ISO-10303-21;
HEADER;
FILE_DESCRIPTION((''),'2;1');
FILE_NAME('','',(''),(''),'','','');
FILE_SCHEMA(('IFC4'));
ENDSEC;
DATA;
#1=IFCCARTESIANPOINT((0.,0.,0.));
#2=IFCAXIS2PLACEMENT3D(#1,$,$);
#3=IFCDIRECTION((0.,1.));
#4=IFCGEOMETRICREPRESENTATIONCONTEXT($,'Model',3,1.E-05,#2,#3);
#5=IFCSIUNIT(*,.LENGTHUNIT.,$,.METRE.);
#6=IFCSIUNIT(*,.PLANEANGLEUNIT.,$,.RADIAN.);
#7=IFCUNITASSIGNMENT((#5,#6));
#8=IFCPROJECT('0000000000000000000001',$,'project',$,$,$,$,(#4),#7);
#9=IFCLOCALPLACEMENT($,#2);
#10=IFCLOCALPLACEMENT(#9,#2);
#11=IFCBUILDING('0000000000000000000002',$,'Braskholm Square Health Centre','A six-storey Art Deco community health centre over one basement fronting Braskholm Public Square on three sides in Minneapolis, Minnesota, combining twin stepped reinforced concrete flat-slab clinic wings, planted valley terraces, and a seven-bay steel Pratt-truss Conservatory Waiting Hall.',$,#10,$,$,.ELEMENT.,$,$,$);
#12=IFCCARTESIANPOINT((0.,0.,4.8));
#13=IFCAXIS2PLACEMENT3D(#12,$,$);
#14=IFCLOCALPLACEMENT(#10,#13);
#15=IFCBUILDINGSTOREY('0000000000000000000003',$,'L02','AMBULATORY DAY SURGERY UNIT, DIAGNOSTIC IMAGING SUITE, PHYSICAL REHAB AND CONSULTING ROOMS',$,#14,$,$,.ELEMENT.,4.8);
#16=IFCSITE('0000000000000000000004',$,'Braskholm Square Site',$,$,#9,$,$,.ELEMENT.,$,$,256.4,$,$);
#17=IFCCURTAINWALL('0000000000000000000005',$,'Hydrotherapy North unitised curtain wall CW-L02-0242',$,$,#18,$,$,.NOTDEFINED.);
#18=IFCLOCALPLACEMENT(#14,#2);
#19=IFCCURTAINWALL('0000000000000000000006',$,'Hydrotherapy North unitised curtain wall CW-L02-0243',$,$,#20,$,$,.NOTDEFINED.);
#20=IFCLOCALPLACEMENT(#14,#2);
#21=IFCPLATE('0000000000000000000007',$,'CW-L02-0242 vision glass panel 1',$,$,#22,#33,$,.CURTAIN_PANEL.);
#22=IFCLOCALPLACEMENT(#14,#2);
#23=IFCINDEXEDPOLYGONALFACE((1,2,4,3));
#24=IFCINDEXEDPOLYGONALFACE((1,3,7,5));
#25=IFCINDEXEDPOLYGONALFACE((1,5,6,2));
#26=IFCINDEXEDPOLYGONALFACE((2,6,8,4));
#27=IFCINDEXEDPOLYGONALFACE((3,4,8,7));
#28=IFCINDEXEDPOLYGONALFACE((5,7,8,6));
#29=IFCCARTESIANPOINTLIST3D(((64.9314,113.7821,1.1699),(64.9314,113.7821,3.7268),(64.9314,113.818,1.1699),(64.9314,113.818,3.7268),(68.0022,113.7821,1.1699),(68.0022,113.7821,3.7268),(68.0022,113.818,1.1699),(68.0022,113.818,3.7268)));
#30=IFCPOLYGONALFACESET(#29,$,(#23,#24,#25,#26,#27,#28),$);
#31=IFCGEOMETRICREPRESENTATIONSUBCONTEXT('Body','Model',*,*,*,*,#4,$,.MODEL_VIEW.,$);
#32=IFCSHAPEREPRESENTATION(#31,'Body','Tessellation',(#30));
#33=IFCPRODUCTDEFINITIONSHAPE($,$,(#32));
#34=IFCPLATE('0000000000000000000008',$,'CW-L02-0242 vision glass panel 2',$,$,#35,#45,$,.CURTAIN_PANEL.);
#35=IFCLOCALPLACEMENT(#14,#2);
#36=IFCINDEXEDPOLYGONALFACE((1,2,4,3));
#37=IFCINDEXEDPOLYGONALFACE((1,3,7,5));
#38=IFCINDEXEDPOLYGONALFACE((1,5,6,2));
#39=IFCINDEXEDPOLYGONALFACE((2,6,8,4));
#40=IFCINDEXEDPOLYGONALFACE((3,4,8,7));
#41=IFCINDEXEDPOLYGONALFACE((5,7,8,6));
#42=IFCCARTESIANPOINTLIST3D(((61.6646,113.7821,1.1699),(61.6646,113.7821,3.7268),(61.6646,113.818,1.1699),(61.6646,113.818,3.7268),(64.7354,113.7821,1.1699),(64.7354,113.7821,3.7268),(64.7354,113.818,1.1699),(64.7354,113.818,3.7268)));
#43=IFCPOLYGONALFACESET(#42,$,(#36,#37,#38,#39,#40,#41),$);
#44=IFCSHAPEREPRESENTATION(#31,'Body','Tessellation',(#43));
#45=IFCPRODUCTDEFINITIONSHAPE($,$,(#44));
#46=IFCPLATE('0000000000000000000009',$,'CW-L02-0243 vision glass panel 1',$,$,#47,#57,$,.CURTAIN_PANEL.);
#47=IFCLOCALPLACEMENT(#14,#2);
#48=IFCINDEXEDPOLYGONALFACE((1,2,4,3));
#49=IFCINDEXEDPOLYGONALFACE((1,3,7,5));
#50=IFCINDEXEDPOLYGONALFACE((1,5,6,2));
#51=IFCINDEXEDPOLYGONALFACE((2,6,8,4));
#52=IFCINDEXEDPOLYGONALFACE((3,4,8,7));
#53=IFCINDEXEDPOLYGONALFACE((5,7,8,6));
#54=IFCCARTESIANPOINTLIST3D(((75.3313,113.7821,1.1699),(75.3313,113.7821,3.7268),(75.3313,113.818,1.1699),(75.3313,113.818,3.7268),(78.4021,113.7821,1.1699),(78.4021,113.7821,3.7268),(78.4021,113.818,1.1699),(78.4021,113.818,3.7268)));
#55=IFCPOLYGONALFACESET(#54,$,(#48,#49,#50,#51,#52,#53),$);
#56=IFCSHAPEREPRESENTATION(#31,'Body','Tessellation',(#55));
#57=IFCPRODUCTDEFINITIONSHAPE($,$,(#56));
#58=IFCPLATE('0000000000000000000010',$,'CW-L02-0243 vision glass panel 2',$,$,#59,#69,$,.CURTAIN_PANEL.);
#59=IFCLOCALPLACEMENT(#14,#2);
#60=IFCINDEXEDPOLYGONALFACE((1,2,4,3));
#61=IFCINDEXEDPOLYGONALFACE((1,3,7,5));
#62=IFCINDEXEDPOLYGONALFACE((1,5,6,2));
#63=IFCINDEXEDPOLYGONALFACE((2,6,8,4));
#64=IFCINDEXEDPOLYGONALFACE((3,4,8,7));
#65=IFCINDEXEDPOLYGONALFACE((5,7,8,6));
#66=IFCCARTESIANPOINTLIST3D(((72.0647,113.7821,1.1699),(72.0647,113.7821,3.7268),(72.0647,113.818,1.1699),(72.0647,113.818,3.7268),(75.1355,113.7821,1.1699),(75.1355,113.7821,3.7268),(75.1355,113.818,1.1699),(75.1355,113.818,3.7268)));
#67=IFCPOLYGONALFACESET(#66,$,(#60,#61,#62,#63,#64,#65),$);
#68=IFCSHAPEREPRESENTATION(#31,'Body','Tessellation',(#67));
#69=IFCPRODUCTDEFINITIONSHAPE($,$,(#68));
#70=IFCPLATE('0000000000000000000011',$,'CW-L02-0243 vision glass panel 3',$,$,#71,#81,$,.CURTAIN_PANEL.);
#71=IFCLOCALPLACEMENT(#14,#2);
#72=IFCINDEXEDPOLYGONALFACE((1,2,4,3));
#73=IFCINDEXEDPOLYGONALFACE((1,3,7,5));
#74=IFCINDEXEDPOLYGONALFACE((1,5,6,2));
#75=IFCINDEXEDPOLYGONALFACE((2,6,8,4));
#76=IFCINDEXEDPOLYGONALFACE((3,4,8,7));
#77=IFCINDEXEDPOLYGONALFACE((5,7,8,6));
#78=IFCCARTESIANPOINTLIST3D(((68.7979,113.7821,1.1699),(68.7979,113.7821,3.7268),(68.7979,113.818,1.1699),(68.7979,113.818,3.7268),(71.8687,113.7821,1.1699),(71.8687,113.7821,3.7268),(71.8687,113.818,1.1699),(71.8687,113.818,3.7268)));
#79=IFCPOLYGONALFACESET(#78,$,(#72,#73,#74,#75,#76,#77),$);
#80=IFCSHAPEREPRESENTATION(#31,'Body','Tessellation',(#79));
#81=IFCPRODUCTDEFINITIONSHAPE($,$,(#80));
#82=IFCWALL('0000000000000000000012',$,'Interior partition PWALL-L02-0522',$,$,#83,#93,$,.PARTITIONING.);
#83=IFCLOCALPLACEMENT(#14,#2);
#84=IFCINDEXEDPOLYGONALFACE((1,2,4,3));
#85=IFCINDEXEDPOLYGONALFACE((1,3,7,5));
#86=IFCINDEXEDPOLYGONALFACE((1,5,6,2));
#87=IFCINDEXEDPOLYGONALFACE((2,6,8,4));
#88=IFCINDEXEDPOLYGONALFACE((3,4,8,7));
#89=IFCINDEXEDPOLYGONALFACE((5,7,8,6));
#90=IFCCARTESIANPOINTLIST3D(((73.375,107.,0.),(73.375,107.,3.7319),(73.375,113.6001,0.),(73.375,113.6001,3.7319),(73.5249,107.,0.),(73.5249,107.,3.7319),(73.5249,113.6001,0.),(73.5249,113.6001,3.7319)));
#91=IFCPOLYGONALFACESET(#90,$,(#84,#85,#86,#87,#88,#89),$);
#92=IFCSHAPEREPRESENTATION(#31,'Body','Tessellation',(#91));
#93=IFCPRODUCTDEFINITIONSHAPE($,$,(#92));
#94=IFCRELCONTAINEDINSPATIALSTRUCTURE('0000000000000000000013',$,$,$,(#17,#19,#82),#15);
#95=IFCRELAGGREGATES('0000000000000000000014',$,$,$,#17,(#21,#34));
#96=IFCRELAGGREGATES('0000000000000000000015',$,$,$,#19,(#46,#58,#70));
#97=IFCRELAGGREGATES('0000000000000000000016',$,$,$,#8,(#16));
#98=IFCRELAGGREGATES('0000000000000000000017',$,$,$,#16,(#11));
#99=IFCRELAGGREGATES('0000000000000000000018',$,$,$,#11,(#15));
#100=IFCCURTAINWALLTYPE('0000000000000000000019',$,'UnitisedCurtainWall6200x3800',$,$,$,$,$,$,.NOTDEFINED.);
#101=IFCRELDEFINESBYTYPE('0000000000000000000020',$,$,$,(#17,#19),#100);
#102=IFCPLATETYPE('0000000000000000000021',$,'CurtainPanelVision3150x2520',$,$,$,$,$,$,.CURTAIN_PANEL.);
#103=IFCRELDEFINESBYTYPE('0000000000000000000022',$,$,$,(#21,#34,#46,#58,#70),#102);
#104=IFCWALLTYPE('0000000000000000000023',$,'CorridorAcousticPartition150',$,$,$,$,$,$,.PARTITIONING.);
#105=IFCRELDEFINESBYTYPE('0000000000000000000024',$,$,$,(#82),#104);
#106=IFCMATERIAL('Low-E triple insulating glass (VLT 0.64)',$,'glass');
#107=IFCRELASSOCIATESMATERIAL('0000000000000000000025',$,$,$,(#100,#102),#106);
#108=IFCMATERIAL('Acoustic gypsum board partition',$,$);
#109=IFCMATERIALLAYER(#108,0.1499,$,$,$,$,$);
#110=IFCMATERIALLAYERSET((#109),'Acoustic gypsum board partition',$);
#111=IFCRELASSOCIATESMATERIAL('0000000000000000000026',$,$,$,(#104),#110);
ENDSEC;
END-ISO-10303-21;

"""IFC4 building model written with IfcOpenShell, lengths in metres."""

from ifc_helpers import new_model, si_unit, direction, frame, frame_2d, origin, origin_2d, place, context, subcontext, project, spatial, rectangle, extrude, material, layer, layer_set, type_object, element, aggregate, save


model = new_model("IFC4")

# Units and contexts
model_context = context("Model", 3, precision=1e-05, world=origin(), true_north=direction((0.0, 1.0)))
body_context = subcontext(model_context, "Body", "Model", "MODEL_VIEW")
ifc_project = project(units=[si_unit("LENGTHUNIT", "METRE"), si_unit("PLANEANGLEUNIT", "RADIAN")], contexts=[model_context])

# Site, building, storey
site_placement = place(None, origin())
site = spatial("IfcSite", under=ifc_project, at=site_placement, Name="Braskholm Square Site", CompositionType="ELEMENT", RefElevation=256.4)
building_placement = place(site_placement, origin())
building = spatial("IfcBuilding", under=site, at=building_placement, Name="Braskholm Square Health Centre", Description="A six-storey Art Deco community health centre over one basement fronting Braskholm Public Square on three sides in Minneapolis, Minnesota, combining twin stepped reinforced concrete flat-slab clinic wings, planted valley terraces, and a seven-bay steel Pratt-truss Conservatory Waiting Hall.", CompositionType="ELEMENT")
storey_placement = place(building_placement, frame((0.0, 0.0, 4.8)))
storey = spatial("IfcBuildingStorey", under=building, at=storey_placement, Name="L02", Description="AMBULATORY DAY SURGERY UNIT, DIAGNOSTIC IMAGING SUITE, PHYSICAL REHAB AND CONSULTING ROOMS", CompositionType="ELEMENT", Elevation=4.8)

# Curtain walls
ifc_material_1 = material(Name="Low-E triple insulating glass (VLT 0.64)", Category="glass")
curtain_wall_type = type_object("IfcCurtainWallType", Name="UnitisedCurtainWall6200x3800", PredefinedType="NOTDEFINED", material=ifc_material_1)
curtain_wall_1_placement = place(storey_placement, origin())
curtain_wall_1 = element("IfcCurtainWall", 1, at=curtain_wall_1_placement, inside=storey, type_object=curtain_wall_type, Name="Hydrotherapy North unitised curtain wall CW-L02-0242", PredefinedType="NOTDEFINED")
curtain_wall_2_placement = place(storey_placement, origin())
curtain_wall_2 = element("IfcCurtainWall", 2, at=curtain_wall_2_placement, inside=storey, type_object=curtain_wall_type, Name="Hydrotherapy North unitised curtain wall CW-L02-0243", PredefinedType="NOTDEFINED")

# Plates
plate_type_1 = type_object("IfcPlateType", Name="CurtainPanelVision3150x2520", PredefinedType="CURTAIN_PANEL", material=ifc_material_1)
plate_1_placement = place(storey_placement, frame((66.4668, 113.8, 1.1699), z_axis=(0.0, 0.0, 1.0), x_axis=(-1.0, 0.0, 0.0)))
plate_1 = element("IfcPlate", 3, at=plate_1_placement, type_object=plate_type_1, Name="CW-L02-0242 vision glass panel 1", PredefinedType="CURTAIN_PANEL", context=body_context, shape_type="SweptSolid", body=[
    extrude(rectangle(XDim=3.0708, YDim=0.0359, at=origin_2d()), origin(), (0.0, 0.0, 1.0), 2.5569),
])
plate_2_placement = place(storey_placement, frame((63.2, 113.8, 1.1699), z_axis=(0.0, 0.0, 1.0), x_axis=(-1.0, 0.0, 0.0)))
plate_2 = element("IfcPlate", 4, at=plate_2_placement, type_object=plate_type_1, Name="CW-L02-0242 vision glass panel 2", PredefinedType="CURTAIN_PANEL", context=body_context, shape_type="SweptSolid", body=[
    extrude(rectangle(XDim=3.0708, YDim=0.0359, at=origin_2d()), origin(), (0.0, 0.0, 1.0), 2.5569),
])
aggregate(curtain_wall_1, [plate_1, plate_2])
plate_3_placement = place(storey_placement, frame((76.8667, 113.8, 1.1699), z_axis=(0.0, 0.0, 1.0), x_axis=(-1.0, 0.0, 0.0)))
plate_3 = element("IfcPlate", 5, at=plate_3_placement, type_object=plate_type_1, Name="CW-L02-0243 vision glass panel 1", PredefinedType="CURTAIN_PANEL", context=body_context, shape_type="SweptSolid", body=[
    extrude(rectangle(XDim=3.0708, YDim=0.0359, at=origin_2d()), origin(), (0.0, 0.0, 1.0), 2.5569),
])
plate_4_placement = place(storey_placement, frame((73.6001, 113.8, 1.1699), z_axis=(0.0, 0.0, 1.0), x_axis=(-1.0, 0.0, 0.0)))
plate_4 = element("IfcPlate", 6, at=plate_4_placement, type_object=plate_type_1, Name="CW-L02-0243 vision glass panel 2", PredefinedType="CURTAIN_PANEL", context=body_context, shape_type="SweptSolid", body=[
    extrude(rectangle(XDim=3.0708, YDim=0.0359, at=origin_2d()), origin(), (0.0, 0.0, 1.0), 2.5569),
])
plate_5_placement = place(storey_placement, frame((70.3333, 113.8, 1.1699), z_axis=(0.0, 0.0, 1.0), x_axis=(-1.0, 0.0, 0.0)))
plate_5 = element("IfcPlate", 7, at=plate_5_placement, type_object=plate_type_1, Name="CW-L02-0243 vision glass panel 3", PredefinedType="CURTAIN_PANEL", context=body_context, shape_type="SweptSolid", body=[
    extrude(rectangle(XDim=3.0708, YDim=0.0359, at=origin_2d()), origin(), (0.0, 0.0, 1.0), 2.5569),
])
aggregate(curtain_wall_2, [plate_3, plate_4, plate_5])

# Wall
ifc_material_2 = material(Name="Acoustic gypsum board partition")
ifc_layer = layer(ifc_material_2, 0.1499)
ifc_layer_set = layer_set([ifc_layer], Name="Acoustic gypsum board partition")
wall_type = type_object("IfcWallType", Name="CorridorAcousticPartition150", PredefinedType="PARTITIONING", material=ifc_layer_set)
wall_placement = place(storey_placement, frame((73.45, 107.0, 0.0), z_axis=(0.0, 0.0, 1.0), x_axis=(0.0, 1.0, 0.0)))
element("IfcWall", 8, at=wall_placement, inside=storey, type_object=wall_type, Name="Interior partition PWALL-L02-0522", PredefinedType="PARTITIONING", context=body_context, shape_type="SweptSolid", body=[
    extrude(rectangle(XDim=6.6001, YDim=0.1499, at=frame_2d((3.3, 0.0))), origin(), (0.0, 0.0, 1.0), 3.7319),
])

save(model, "model.ifc")
